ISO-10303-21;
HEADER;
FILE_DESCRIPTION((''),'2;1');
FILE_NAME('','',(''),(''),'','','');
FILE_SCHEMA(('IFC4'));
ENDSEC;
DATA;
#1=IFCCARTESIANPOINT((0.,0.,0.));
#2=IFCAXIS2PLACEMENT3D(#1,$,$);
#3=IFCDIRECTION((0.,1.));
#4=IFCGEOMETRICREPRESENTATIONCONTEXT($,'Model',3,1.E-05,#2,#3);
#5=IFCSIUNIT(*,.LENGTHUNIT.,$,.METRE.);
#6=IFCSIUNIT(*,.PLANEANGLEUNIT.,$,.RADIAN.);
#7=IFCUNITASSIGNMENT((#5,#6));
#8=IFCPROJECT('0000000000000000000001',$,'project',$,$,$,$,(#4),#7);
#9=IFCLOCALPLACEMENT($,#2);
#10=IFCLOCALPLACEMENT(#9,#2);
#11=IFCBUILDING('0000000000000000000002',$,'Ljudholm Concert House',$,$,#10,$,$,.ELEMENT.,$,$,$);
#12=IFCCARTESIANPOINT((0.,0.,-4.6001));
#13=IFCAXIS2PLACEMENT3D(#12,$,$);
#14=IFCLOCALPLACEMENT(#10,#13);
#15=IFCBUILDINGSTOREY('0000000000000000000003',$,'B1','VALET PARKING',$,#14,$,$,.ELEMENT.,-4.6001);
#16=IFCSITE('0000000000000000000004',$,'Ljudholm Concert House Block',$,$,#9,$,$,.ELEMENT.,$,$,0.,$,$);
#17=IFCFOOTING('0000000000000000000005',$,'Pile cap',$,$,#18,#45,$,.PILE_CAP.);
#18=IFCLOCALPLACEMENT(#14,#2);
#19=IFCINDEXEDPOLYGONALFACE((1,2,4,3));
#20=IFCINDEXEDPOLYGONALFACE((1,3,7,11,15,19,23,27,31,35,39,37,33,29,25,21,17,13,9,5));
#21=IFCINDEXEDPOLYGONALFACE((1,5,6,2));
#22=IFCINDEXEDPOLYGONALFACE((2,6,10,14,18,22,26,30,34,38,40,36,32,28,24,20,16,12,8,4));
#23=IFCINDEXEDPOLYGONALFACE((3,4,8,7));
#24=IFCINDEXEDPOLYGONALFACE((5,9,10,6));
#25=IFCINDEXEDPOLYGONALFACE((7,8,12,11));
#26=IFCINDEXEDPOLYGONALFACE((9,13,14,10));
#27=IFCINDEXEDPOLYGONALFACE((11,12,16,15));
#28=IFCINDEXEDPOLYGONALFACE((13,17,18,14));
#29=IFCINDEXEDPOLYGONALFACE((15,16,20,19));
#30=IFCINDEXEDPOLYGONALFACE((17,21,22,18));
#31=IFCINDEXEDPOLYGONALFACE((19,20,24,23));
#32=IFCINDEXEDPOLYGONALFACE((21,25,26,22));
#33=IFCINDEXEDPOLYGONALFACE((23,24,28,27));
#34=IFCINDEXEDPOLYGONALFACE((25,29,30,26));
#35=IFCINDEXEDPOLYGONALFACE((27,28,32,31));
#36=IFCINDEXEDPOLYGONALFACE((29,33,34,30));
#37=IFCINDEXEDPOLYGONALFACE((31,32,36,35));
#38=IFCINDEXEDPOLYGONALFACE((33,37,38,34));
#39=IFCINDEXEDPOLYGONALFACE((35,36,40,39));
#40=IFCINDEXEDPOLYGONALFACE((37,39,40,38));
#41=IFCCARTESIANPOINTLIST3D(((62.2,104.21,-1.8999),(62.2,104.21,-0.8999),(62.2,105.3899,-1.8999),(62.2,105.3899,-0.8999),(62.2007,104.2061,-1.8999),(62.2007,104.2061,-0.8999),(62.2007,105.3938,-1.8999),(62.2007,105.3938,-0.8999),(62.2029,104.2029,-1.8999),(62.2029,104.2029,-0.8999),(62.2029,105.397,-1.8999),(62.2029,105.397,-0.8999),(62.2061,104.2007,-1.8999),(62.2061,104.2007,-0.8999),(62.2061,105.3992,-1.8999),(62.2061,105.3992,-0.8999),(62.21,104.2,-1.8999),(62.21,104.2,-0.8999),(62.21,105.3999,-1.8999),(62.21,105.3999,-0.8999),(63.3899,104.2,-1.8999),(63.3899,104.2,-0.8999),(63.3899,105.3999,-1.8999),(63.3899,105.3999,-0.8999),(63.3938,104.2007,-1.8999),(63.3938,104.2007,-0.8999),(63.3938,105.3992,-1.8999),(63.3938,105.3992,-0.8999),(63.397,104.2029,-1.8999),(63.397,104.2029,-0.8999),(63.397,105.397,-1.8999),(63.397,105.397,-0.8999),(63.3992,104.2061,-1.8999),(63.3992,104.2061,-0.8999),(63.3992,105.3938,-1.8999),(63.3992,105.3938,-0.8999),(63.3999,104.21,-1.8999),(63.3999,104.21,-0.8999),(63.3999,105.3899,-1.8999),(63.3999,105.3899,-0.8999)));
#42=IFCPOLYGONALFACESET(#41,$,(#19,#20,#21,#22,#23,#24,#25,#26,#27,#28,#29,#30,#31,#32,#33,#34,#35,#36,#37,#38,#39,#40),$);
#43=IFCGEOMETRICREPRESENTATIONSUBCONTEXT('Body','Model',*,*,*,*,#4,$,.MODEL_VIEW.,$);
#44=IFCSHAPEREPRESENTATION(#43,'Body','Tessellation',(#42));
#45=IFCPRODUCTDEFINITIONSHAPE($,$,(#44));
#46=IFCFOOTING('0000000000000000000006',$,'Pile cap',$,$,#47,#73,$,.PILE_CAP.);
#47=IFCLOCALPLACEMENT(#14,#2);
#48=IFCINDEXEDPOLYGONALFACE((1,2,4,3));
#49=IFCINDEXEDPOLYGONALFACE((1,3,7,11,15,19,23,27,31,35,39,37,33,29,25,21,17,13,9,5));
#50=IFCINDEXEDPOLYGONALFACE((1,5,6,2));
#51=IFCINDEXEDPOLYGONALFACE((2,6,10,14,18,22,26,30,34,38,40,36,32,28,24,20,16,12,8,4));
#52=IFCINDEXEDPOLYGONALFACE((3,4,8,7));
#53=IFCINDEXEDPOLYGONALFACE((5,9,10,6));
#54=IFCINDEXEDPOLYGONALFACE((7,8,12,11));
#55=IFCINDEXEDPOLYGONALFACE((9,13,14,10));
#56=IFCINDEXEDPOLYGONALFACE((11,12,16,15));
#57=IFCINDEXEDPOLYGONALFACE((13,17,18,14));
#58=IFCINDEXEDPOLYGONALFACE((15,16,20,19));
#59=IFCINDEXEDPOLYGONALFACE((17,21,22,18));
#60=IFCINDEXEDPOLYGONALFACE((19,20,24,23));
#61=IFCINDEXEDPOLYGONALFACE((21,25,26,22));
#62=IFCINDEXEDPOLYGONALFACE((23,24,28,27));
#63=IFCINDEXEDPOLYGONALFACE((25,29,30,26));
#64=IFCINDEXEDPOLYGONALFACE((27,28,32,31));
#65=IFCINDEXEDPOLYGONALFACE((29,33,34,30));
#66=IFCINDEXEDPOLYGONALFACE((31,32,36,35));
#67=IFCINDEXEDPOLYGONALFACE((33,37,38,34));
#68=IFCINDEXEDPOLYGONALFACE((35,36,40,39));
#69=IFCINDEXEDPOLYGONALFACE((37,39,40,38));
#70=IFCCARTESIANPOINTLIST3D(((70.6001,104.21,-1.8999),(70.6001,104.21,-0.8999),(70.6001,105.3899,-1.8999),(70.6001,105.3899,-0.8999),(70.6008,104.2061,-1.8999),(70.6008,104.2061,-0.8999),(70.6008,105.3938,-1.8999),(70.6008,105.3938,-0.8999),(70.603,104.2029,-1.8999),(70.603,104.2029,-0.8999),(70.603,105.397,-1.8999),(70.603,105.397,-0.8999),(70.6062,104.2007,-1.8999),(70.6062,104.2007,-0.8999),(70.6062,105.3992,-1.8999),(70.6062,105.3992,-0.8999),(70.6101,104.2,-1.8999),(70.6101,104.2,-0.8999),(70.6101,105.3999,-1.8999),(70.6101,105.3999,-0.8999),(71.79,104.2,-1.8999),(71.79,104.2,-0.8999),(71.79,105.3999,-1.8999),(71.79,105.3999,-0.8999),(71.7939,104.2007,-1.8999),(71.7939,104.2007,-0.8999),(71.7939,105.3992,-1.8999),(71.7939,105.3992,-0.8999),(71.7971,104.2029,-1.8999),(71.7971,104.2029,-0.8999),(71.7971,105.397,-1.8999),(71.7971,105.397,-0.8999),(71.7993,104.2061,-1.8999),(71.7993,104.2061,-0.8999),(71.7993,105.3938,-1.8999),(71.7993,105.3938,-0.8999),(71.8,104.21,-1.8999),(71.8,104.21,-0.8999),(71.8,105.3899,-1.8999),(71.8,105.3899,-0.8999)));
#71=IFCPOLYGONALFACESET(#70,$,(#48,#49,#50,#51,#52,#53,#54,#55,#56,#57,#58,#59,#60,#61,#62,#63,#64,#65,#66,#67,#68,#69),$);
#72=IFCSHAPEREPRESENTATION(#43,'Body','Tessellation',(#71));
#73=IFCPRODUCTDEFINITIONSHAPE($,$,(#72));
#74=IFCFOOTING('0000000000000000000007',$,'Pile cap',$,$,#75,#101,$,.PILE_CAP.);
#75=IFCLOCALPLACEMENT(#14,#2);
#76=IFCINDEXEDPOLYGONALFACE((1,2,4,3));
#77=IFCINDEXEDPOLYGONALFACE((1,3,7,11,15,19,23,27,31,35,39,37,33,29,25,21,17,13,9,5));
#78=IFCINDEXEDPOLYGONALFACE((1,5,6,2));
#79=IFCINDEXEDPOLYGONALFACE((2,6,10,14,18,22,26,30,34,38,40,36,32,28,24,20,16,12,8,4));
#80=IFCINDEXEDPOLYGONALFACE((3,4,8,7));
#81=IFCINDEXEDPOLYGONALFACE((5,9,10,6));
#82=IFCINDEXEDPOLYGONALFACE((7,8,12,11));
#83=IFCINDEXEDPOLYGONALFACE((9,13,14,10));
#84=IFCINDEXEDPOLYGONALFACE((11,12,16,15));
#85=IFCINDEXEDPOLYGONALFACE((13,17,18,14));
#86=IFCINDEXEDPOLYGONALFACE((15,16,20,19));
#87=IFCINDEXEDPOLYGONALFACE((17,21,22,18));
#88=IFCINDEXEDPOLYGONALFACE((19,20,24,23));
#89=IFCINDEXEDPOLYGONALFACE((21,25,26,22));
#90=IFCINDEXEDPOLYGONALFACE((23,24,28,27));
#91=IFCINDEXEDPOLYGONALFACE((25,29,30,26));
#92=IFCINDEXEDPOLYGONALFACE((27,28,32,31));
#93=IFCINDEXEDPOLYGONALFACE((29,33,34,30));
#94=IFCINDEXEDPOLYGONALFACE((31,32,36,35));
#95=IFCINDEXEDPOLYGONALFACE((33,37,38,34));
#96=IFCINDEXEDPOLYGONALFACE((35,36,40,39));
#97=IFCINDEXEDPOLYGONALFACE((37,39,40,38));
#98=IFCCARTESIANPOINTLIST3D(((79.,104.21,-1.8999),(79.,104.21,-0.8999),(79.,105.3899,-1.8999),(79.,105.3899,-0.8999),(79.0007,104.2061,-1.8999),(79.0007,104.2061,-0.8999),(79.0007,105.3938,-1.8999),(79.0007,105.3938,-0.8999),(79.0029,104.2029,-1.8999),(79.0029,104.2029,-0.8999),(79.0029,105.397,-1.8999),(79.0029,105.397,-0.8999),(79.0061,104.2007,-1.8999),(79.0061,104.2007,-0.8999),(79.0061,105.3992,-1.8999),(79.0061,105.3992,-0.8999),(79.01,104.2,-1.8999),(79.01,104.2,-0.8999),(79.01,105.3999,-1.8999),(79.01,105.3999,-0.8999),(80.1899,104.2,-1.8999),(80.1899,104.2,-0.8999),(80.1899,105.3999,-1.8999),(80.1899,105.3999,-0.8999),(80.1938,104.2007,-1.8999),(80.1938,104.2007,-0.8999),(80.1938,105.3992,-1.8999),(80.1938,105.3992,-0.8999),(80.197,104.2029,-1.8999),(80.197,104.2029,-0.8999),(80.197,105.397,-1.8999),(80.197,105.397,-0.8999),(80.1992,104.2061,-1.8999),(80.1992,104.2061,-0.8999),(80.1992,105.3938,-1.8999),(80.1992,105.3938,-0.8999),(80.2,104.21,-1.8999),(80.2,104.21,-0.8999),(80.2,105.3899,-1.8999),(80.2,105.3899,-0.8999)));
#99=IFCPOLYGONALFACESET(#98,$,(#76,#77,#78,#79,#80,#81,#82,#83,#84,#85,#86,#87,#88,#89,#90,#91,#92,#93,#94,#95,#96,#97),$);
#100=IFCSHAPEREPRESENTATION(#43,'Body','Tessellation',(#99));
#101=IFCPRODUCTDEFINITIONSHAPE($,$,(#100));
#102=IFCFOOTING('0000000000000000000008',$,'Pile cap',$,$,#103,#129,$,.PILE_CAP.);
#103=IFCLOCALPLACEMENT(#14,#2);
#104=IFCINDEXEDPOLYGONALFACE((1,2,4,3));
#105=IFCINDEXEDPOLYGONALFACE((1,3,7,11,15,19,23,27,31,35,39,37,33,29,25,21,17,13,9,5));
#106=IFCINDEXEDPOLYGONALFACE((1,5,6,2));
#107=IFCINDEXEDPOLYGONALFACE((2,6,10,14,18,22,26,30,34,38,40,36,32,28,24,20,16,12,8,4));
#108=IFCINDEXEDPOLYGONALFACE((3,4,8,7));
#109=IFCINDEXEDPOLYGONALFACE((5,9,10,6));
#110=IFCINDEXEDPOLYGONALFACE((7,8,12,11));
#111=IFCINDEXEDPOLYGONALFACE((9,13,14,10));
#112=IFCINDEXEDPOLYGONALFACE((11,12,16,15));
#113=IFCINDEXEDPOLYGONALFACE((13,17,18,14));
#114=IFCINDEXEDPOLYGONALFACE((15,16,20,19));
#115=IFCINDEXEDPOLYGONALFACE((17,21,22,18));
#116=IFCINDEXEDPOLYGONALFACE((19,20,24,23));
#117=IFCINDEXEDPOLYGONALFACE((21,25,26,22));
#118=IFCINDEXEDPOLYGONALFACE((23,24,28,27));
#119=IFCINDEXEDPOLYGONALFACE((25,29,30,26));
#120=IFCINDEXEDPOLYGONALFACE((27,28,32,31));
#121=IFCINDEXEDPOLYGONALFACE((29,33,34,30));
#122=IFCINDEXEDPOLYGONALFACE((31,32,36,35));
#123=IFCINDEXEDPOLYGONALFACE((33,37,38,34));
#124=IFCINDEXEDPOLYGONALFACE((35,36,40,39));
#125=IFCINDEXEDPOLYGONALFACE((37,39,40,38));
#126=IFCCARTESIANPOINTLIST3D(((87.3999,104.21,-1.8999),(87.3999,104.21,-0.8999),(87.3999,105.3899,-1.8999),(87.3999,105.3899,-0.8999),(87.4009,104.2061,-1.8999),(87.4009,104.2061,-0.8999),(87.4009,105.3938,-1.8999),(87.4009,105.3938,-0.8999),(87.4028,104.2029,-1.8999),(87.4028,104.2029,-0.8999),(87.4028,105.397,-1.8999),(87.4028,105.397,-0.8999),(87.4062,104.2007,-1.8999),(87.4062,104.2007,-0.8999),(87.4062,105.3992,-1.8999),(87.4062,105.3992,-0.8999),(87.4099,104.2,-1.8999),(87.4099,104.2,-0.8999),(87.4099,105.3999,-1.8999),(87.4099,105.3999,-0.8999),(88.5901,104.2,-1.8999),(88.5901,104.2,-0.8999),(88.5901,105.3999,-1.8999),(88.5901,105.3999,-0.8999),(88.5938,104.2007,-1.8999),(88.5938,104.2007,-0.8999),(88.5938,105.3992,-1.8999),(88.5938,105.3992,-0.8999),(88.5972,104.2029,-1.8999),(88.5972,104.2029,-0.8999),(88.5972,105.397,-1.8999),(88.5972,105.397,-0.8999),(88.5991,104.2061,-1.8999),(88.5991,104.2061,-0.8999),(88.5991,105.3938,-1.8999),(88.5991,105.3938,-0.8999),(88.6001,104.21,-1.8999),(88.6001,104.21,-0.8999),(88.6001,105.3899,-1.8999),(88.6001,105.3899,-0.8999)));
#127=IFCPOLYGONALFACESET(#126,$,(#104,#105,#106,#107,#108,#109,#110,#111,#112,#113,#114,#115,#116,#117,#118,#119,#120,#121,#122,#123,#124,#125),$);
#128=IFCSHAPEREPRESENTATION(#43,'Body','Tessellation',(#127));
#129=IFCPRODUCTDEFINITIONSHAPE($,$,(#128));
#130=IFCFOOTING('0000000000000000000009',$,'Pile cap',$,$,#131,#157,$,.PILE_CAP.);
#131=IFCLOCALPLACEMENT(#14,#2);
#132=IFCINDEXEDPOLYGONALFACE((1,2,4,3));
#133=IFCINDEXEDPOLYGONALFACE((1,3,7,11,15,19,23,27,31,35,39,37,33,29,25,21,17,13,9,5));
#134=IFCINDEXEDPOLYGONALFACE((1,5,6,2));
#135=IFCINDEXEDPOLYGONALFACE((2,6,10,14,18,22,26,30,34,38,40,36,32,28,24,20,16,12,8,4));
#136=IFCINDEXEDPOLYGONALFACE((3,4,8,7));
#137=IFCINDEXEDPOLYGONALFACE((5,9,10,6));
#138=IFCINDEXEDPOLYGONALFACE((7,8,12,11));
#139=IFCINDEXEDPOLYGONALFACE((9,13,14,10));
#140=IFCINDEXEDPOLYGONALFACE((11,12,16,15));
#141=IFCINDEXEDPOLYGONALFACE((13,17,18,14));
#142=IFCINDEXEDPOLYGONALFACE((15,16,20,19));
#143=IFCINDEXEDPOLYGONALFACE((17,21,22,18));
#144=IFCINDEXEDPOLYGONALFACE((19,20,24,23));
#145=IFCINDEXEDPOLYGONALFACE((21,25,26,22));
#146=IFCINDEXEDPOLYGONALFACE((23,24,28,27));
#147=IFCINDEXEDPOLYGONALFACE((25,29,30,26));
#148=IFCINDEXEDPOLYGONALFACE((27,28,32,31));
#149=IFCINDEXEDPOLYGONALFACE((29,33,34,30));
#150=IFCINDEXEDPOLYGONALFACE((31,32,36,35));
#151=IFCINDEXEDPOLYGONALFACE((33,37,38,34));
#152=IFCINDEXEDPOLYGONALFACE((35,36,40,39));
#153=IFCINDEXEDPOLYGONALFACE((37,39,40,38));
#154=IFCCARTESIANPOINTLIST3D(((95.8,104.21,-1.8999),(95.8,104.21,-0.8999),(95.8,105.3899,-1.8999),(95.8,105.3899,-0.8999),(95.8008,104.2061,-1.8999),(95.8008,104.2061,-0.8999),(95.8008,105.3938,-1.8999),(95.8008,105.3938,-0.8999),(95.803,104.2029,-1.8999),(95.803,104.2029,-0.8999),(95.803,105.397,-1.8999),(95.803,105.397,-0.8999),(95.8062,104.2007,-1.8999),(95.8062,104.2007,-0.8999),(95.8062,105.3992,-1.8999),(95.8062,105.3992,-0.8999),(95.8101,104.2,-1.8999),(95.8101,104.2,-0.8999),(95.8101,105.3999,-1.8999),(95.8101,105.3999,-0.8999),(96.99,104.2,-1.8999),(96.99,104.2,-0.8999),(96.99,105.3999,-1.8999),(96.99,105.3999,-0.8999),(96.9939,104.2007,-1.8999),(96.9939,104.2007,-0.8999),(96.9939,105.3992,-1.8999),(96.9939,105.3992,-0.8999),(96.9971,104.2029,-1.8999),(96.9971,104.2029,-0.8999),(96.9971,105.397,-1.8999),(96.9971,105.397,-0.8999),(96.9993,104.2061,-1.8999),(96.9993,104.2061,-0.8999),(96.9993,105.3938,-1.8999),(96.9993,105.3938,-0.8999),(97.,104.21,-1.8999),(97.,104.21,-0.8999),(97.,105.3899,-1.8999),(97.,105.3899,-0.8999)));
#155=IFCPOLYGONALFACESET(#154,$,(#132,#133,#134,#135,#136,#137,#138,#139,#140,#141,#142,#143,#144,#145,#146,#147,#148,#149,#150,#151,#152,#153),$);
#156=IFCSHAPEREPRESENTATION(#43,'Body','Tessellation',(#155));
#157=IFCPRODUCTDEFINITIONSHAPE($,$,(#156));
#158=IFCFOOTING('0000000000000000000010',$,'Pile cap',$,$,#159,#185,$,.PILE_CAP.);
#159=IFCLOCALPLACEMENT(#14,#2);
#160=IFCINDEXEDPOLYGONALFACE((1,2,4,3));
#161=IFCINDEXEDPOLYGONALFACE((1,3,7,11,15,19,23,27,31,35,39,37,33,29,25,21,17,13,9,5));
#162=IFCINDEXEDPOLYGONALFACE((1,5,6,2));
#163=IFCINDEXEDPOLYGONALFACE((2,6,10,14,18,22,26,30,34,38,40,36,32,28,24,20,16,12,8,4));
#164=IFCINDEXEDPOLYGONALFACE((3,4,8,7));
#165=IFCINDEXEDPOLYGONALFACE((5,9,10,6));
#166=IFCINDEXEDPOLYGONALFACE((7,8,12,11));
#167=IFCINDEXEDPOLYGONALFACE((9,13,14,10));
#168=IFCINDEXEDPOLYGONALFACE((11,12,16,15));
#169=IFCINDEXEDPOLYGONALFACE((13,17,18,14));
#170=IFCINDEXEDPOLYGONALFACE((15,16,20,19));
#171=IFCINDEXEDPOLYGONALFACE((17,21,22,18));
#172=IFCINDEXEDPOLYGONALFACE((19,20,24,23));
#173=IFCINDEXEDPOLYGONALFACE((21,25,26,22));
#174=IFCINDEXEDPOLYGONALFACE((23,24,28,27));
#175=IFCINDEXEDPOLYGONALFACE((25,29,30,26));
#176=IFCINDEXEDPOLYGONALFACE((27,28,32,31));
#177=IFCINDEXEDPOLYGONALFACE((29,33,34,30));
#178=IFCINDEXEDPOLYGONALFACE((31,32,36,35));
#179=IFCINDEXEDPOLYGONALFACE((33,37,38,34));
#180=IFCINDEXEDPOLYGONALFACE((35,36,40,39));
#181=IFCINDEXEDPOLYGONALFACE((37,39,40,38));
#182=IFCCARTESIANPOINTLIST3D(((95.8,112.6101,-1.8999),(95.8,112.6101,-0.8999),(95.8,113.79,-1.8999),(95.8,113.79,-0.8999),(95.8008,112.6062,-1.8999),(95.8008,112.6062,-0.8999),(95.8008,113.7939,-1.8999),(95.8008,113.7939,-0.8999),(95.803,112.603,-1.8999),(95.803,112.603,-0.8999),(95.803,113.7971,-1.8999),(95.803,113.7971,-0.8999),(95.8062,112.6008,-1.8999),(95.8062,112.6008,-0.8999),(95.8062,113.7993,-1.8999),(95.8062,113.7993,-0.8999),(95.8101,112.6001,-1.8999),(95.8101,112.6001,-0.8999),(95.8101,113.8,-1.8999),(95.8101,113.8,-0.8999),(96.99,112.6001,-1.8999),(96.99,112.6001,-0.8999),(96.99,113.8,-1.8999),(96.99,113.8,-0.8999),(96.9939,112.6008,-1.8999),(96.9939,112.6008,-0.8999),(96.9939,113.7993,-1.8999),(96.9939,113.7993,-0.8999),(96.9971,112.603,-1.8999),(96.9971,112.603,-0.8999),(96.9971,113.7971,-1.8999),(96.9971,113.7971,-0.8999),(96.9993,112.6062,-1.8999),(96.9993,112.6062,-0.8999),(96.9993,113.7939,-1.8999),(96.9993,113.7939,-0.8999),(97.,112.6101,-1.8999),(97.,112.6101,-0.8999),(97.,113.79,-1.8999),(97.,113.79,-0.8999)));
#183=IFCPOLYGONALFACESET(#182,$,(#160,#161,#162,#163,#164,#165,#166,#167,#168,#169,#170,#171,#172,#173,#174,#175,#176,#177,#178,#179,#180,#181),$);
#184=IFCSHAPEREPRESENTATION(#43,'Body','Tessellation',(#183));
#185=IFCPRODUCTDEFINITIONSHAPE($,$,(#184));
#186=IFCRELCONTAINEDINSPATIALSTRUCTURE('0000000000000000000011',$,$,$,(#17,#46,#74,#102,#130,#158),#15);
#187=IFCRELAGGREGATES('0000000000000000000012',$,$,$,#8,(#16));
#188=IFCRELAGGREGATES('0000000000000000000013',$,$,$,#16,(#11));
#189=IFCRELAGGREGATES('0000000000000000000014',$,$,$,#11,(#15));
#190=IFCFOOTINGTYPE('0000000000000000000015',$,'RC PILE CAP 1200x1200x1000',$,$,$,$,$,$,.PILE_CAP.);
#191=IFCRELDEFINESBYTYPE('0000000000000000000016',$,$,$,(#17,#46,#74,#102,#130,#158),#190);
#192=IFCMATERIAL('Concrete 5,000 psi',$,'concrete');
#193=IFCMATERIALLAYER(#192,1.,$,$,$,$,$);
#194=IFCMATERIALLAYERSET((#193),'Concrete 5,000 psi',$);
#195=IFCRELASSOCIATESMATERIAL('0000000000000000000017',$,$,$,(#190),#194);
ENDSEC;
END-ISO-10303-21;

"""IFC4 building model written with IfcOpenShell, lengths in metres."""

from ifc_helpers import new_model, si_unit, direction, frame, origin, place, context, subcontext, project, spatial, polyline, outline, extrude, material, layer, layer_set, type_object, element, save


model = new_model("IFC4")

# Units and contexts
model_context = context("Model", 3, precision=1e-05, world=origin(), true_north=direction((0.0, 1.0)))
body_context = subcontext(model_context, "Body", "Model", "MODEL_VIEW")
ifc_project = project(units=[si_unit("LENGTHUNIT", "METRE"), si_unit("PLANEANGLEUNIT", "RADIAN")], contexts=[model_context])

# Site, building, storey
site_placement = place(None, origin())
site = spatial("IfcSite", under=ifc_project, at=site_placement, Name="Ljudholm Concert House Block", CompositionType="ELEMENT", RefElevation=0.0)
building_placement = place(site_placement, origin())
building = spatial("IfcBuilding", under=site, at=building_placement, Name="Ljudholm Concert House", CompositionType="ELEMENT")
storey_placement = place(building_placement, frame((0.0, 0.0, -4.6001)))
storey = spatial("IfcBuildingStorey", under=building, at=storey_placement, Name="B1", Description="VALET PARKING", CompositionType="ELEMENT", Elevation=-4.6001)

# Footings
ifc_material_1 = material(Name="Concrete 5,000 psi", Category="concrete")
ifc_layer_1 = layer(ifc_material_1, 1.0)
ifc_layer_set_1 = layer_set([ifc_layer_1], Name="Concrete 5,000 psi")
footing_type_1 = type_object("IfcFootingType", Name="RC PILE CAP 1200x1200x1000", PredefinedType="PILE_CAP", material=ifc_layer_set_1)
footing_1_placement = place(storey_placement, frame((0.0, 0.0, -1.8999)))
element("IfcFooting", 1, at=footing_1_placement, inside=storey, type_object=footing_type_1, Name="Pile cap", PredefinedType="PILE_CAP", context=body_context, shape_type="SweptSolid", body=[
    extrude(outline(polyline([(62.21, 104.2), (63.3899, 104.2), (63.3938, 104.2007), (63.397, 104.2029), (63.3992, 104.2061), (63.3999, 104.21), (63.3999, 105.3899), (63.3992, 105.3938), (63.397, 105.397), (63.3938, 105.3992), (63.3899, 105.3999), (62.21, 105.3999), (62.2061, 105.3992), (62.2029, 105.397), (62.2007, 105.3938), (62.2, 105.3899), (62.2, 104.21), (62.2007, 104.2061), (62.2029, 104.2029), (62.2061, 104.2007), (62.21, 104.2)])), origin(), (0.0, 0.0, 1.0), 1.0),
])
footing_2_placement = place(storey_placement, frame((0.0, 0.0, -1.8999)))
element("IfcFooting", 2, at=footing_2_placement, inside=storey, type_object=footing_type_1, Name="Pile cap", PredefinedType="PILE_CAP", context=body_context, shape_type="SweptSolid", body=[
    extrude(outline(polyline([(70.6101, 104.2), (71.79, 104.2), (71.7939, 104.2007), (71.7971, 104.2029), (71.7993, 104.2061), (71.8, 104.21), (71.8, 105.3899), (71.7993, 105.3938), (71.7971, 105.397), (71.7939, 105.3992), (71.79, 105.3999), (70.6101, 105.3999), (70.6062, 105.3992), (70.603, 105.397), (70.6008, 105.3938), (70.6001, 105.3899), (70.6001, 104.21), (70.6008, 104.2061), (70.603, 104.2029), (70.6062, 104.2007), (70.6101, 104.2)])), origin(), (0.0, 0.0, 1.0), 1.0),
])
footing_3_placement = place(storey_placement, frame((0.0, 0.0, -1.8999)))
element("IfcFooting", 3, at=footing_3_placement, inside=storey, type_object=footing_type_1, Name="Pile cap", PredefinedType="PILE_CAP", context=body_context, shape_type="SweptSolid", body=[
    extrude(outline(polyline([(79.01, 104.2), (80.1899, 104.2), (80.1938, 104.2007), (80.197, 104.2029), (80.1992, 104.2061), (80.2, 104.21), (80.2, 105.3899), (80.1992, 105.3938), (80.197, 105.397), (80.1938, 105.3992), (80.1899, 105.3999), (79.01, 105.3999), (79.0061, 105.3992), (79.0029, 105.397), (79.0007, 105.3938), (79.0, 105.3899), (79.0, 104.21), (79.0007, 104.2061), (79.0029, 104.2029), (79.0061, 104.2007), (79.01, 104.2)])), origin(), (0.0, 0.0, 1.0), 1.0),
])
footing_4_placement = place(storey_placement, frame((0.0, 0.0, -1.8999)))
element("IfcFooting", 4, at=footing_4_placement, inside=storey, type_object=footing_type_1, Name="Pile cap", PredefinedType="PILE_CAP", context=body_context, shape_type="SweptSolid", body=[
    extrude(outline(polyline([(87.4099, 104.2), (88.5901, 104.2), (88.5938, 104.2007), (88.5972, 104.2029), (88.5991, 104.2061), (88.6001, 104.21), (88.6001, 105.3899), (88.5991, 105.3938), (88.5972, 105.397), (88.5938, 105.3992), (88.5901, 105.3999), (87.4099, 105.3999), (87.4062, 105.3992), (87.4028, 105.397), (87.4009, 105.3938), (87.3999, 105.3899), (87.3999, 104.21), (87.4009, 104.2061), (87.4028, 104.2029), (87.4062, 104.2007), (87.4099, 104.2)])), origin(), (0.0, 0.0, 1.0), 1.0),
])
footing_5_placement = place(storey_placement, frame((0.0, 0.0, -1.8999)))
element("IfcFooting", 5, at=footing_5_placement, inside=storey, type_object=footing_type_1, Name="Pile cap", PredefinedType="PILE_CAP", context=body_context, shape_type="SweptSolid", body=[
    extrude(outline(polyline([(95.8101, 104.2), (96.99, 104.2), (96.9939, 104.2007), (96.9971, 104.2029), (96.9993, 104.2061), (97.0, 104.21), (97.0, 105.3899), (96.9993, 105.3938), (96.9971, 105.397), (96.9939, 105.3992), (96.99, 105.3999), (95.8101, 105.3999), (95.8062, 105.3992), (95.803, 105.397), (95.8008, 105.3938), (95.8, 105.3899), (95.8, 104.21), (95.8008, 104.2061), (95.803, 104.2029), (95.8062, 104.2007), (95.8101, 104.2)])), origin(), (0.0, 0.0, 1.0), 1.0),
])
footing_6_placement = place(storey_placement, frame((0.0, 0.0, -1.8999)))
element("IfcFooting", 6, at=footing_6_placement, inside=storey, type_object=footing_type_1, Name="Pile cap", PredefinedType="PILE_CAP", context=body_context, shape_type="SweptSolid", body=[
    extrude(outline(polyline([(95.8, 113.79), (95.8, 112.6101), (95.8008, 112.6062), (95.803, 112.603), (95.8062, 112.6008), (95.8101, 112.6001), (96.99, 112.6001), (96.9939, 112.6008), (96.9971, 112.603), (96.9993, 112.6062), (97.0, 112.6101), (97.0, 113.79), (96.9993, 113.7939), (96.9971, 113.7971), (96.9939, 113.7993), (96.99, 113.8), (95.8101, 113.8), (95.8062, 113.7993), (95.803, 113.7971), (95.8008, 113.7939), (95.8, 113.79)])), origin(), (0.0, 0.0, 1.0), 1.0),
])

save(model, "model.ifc")
